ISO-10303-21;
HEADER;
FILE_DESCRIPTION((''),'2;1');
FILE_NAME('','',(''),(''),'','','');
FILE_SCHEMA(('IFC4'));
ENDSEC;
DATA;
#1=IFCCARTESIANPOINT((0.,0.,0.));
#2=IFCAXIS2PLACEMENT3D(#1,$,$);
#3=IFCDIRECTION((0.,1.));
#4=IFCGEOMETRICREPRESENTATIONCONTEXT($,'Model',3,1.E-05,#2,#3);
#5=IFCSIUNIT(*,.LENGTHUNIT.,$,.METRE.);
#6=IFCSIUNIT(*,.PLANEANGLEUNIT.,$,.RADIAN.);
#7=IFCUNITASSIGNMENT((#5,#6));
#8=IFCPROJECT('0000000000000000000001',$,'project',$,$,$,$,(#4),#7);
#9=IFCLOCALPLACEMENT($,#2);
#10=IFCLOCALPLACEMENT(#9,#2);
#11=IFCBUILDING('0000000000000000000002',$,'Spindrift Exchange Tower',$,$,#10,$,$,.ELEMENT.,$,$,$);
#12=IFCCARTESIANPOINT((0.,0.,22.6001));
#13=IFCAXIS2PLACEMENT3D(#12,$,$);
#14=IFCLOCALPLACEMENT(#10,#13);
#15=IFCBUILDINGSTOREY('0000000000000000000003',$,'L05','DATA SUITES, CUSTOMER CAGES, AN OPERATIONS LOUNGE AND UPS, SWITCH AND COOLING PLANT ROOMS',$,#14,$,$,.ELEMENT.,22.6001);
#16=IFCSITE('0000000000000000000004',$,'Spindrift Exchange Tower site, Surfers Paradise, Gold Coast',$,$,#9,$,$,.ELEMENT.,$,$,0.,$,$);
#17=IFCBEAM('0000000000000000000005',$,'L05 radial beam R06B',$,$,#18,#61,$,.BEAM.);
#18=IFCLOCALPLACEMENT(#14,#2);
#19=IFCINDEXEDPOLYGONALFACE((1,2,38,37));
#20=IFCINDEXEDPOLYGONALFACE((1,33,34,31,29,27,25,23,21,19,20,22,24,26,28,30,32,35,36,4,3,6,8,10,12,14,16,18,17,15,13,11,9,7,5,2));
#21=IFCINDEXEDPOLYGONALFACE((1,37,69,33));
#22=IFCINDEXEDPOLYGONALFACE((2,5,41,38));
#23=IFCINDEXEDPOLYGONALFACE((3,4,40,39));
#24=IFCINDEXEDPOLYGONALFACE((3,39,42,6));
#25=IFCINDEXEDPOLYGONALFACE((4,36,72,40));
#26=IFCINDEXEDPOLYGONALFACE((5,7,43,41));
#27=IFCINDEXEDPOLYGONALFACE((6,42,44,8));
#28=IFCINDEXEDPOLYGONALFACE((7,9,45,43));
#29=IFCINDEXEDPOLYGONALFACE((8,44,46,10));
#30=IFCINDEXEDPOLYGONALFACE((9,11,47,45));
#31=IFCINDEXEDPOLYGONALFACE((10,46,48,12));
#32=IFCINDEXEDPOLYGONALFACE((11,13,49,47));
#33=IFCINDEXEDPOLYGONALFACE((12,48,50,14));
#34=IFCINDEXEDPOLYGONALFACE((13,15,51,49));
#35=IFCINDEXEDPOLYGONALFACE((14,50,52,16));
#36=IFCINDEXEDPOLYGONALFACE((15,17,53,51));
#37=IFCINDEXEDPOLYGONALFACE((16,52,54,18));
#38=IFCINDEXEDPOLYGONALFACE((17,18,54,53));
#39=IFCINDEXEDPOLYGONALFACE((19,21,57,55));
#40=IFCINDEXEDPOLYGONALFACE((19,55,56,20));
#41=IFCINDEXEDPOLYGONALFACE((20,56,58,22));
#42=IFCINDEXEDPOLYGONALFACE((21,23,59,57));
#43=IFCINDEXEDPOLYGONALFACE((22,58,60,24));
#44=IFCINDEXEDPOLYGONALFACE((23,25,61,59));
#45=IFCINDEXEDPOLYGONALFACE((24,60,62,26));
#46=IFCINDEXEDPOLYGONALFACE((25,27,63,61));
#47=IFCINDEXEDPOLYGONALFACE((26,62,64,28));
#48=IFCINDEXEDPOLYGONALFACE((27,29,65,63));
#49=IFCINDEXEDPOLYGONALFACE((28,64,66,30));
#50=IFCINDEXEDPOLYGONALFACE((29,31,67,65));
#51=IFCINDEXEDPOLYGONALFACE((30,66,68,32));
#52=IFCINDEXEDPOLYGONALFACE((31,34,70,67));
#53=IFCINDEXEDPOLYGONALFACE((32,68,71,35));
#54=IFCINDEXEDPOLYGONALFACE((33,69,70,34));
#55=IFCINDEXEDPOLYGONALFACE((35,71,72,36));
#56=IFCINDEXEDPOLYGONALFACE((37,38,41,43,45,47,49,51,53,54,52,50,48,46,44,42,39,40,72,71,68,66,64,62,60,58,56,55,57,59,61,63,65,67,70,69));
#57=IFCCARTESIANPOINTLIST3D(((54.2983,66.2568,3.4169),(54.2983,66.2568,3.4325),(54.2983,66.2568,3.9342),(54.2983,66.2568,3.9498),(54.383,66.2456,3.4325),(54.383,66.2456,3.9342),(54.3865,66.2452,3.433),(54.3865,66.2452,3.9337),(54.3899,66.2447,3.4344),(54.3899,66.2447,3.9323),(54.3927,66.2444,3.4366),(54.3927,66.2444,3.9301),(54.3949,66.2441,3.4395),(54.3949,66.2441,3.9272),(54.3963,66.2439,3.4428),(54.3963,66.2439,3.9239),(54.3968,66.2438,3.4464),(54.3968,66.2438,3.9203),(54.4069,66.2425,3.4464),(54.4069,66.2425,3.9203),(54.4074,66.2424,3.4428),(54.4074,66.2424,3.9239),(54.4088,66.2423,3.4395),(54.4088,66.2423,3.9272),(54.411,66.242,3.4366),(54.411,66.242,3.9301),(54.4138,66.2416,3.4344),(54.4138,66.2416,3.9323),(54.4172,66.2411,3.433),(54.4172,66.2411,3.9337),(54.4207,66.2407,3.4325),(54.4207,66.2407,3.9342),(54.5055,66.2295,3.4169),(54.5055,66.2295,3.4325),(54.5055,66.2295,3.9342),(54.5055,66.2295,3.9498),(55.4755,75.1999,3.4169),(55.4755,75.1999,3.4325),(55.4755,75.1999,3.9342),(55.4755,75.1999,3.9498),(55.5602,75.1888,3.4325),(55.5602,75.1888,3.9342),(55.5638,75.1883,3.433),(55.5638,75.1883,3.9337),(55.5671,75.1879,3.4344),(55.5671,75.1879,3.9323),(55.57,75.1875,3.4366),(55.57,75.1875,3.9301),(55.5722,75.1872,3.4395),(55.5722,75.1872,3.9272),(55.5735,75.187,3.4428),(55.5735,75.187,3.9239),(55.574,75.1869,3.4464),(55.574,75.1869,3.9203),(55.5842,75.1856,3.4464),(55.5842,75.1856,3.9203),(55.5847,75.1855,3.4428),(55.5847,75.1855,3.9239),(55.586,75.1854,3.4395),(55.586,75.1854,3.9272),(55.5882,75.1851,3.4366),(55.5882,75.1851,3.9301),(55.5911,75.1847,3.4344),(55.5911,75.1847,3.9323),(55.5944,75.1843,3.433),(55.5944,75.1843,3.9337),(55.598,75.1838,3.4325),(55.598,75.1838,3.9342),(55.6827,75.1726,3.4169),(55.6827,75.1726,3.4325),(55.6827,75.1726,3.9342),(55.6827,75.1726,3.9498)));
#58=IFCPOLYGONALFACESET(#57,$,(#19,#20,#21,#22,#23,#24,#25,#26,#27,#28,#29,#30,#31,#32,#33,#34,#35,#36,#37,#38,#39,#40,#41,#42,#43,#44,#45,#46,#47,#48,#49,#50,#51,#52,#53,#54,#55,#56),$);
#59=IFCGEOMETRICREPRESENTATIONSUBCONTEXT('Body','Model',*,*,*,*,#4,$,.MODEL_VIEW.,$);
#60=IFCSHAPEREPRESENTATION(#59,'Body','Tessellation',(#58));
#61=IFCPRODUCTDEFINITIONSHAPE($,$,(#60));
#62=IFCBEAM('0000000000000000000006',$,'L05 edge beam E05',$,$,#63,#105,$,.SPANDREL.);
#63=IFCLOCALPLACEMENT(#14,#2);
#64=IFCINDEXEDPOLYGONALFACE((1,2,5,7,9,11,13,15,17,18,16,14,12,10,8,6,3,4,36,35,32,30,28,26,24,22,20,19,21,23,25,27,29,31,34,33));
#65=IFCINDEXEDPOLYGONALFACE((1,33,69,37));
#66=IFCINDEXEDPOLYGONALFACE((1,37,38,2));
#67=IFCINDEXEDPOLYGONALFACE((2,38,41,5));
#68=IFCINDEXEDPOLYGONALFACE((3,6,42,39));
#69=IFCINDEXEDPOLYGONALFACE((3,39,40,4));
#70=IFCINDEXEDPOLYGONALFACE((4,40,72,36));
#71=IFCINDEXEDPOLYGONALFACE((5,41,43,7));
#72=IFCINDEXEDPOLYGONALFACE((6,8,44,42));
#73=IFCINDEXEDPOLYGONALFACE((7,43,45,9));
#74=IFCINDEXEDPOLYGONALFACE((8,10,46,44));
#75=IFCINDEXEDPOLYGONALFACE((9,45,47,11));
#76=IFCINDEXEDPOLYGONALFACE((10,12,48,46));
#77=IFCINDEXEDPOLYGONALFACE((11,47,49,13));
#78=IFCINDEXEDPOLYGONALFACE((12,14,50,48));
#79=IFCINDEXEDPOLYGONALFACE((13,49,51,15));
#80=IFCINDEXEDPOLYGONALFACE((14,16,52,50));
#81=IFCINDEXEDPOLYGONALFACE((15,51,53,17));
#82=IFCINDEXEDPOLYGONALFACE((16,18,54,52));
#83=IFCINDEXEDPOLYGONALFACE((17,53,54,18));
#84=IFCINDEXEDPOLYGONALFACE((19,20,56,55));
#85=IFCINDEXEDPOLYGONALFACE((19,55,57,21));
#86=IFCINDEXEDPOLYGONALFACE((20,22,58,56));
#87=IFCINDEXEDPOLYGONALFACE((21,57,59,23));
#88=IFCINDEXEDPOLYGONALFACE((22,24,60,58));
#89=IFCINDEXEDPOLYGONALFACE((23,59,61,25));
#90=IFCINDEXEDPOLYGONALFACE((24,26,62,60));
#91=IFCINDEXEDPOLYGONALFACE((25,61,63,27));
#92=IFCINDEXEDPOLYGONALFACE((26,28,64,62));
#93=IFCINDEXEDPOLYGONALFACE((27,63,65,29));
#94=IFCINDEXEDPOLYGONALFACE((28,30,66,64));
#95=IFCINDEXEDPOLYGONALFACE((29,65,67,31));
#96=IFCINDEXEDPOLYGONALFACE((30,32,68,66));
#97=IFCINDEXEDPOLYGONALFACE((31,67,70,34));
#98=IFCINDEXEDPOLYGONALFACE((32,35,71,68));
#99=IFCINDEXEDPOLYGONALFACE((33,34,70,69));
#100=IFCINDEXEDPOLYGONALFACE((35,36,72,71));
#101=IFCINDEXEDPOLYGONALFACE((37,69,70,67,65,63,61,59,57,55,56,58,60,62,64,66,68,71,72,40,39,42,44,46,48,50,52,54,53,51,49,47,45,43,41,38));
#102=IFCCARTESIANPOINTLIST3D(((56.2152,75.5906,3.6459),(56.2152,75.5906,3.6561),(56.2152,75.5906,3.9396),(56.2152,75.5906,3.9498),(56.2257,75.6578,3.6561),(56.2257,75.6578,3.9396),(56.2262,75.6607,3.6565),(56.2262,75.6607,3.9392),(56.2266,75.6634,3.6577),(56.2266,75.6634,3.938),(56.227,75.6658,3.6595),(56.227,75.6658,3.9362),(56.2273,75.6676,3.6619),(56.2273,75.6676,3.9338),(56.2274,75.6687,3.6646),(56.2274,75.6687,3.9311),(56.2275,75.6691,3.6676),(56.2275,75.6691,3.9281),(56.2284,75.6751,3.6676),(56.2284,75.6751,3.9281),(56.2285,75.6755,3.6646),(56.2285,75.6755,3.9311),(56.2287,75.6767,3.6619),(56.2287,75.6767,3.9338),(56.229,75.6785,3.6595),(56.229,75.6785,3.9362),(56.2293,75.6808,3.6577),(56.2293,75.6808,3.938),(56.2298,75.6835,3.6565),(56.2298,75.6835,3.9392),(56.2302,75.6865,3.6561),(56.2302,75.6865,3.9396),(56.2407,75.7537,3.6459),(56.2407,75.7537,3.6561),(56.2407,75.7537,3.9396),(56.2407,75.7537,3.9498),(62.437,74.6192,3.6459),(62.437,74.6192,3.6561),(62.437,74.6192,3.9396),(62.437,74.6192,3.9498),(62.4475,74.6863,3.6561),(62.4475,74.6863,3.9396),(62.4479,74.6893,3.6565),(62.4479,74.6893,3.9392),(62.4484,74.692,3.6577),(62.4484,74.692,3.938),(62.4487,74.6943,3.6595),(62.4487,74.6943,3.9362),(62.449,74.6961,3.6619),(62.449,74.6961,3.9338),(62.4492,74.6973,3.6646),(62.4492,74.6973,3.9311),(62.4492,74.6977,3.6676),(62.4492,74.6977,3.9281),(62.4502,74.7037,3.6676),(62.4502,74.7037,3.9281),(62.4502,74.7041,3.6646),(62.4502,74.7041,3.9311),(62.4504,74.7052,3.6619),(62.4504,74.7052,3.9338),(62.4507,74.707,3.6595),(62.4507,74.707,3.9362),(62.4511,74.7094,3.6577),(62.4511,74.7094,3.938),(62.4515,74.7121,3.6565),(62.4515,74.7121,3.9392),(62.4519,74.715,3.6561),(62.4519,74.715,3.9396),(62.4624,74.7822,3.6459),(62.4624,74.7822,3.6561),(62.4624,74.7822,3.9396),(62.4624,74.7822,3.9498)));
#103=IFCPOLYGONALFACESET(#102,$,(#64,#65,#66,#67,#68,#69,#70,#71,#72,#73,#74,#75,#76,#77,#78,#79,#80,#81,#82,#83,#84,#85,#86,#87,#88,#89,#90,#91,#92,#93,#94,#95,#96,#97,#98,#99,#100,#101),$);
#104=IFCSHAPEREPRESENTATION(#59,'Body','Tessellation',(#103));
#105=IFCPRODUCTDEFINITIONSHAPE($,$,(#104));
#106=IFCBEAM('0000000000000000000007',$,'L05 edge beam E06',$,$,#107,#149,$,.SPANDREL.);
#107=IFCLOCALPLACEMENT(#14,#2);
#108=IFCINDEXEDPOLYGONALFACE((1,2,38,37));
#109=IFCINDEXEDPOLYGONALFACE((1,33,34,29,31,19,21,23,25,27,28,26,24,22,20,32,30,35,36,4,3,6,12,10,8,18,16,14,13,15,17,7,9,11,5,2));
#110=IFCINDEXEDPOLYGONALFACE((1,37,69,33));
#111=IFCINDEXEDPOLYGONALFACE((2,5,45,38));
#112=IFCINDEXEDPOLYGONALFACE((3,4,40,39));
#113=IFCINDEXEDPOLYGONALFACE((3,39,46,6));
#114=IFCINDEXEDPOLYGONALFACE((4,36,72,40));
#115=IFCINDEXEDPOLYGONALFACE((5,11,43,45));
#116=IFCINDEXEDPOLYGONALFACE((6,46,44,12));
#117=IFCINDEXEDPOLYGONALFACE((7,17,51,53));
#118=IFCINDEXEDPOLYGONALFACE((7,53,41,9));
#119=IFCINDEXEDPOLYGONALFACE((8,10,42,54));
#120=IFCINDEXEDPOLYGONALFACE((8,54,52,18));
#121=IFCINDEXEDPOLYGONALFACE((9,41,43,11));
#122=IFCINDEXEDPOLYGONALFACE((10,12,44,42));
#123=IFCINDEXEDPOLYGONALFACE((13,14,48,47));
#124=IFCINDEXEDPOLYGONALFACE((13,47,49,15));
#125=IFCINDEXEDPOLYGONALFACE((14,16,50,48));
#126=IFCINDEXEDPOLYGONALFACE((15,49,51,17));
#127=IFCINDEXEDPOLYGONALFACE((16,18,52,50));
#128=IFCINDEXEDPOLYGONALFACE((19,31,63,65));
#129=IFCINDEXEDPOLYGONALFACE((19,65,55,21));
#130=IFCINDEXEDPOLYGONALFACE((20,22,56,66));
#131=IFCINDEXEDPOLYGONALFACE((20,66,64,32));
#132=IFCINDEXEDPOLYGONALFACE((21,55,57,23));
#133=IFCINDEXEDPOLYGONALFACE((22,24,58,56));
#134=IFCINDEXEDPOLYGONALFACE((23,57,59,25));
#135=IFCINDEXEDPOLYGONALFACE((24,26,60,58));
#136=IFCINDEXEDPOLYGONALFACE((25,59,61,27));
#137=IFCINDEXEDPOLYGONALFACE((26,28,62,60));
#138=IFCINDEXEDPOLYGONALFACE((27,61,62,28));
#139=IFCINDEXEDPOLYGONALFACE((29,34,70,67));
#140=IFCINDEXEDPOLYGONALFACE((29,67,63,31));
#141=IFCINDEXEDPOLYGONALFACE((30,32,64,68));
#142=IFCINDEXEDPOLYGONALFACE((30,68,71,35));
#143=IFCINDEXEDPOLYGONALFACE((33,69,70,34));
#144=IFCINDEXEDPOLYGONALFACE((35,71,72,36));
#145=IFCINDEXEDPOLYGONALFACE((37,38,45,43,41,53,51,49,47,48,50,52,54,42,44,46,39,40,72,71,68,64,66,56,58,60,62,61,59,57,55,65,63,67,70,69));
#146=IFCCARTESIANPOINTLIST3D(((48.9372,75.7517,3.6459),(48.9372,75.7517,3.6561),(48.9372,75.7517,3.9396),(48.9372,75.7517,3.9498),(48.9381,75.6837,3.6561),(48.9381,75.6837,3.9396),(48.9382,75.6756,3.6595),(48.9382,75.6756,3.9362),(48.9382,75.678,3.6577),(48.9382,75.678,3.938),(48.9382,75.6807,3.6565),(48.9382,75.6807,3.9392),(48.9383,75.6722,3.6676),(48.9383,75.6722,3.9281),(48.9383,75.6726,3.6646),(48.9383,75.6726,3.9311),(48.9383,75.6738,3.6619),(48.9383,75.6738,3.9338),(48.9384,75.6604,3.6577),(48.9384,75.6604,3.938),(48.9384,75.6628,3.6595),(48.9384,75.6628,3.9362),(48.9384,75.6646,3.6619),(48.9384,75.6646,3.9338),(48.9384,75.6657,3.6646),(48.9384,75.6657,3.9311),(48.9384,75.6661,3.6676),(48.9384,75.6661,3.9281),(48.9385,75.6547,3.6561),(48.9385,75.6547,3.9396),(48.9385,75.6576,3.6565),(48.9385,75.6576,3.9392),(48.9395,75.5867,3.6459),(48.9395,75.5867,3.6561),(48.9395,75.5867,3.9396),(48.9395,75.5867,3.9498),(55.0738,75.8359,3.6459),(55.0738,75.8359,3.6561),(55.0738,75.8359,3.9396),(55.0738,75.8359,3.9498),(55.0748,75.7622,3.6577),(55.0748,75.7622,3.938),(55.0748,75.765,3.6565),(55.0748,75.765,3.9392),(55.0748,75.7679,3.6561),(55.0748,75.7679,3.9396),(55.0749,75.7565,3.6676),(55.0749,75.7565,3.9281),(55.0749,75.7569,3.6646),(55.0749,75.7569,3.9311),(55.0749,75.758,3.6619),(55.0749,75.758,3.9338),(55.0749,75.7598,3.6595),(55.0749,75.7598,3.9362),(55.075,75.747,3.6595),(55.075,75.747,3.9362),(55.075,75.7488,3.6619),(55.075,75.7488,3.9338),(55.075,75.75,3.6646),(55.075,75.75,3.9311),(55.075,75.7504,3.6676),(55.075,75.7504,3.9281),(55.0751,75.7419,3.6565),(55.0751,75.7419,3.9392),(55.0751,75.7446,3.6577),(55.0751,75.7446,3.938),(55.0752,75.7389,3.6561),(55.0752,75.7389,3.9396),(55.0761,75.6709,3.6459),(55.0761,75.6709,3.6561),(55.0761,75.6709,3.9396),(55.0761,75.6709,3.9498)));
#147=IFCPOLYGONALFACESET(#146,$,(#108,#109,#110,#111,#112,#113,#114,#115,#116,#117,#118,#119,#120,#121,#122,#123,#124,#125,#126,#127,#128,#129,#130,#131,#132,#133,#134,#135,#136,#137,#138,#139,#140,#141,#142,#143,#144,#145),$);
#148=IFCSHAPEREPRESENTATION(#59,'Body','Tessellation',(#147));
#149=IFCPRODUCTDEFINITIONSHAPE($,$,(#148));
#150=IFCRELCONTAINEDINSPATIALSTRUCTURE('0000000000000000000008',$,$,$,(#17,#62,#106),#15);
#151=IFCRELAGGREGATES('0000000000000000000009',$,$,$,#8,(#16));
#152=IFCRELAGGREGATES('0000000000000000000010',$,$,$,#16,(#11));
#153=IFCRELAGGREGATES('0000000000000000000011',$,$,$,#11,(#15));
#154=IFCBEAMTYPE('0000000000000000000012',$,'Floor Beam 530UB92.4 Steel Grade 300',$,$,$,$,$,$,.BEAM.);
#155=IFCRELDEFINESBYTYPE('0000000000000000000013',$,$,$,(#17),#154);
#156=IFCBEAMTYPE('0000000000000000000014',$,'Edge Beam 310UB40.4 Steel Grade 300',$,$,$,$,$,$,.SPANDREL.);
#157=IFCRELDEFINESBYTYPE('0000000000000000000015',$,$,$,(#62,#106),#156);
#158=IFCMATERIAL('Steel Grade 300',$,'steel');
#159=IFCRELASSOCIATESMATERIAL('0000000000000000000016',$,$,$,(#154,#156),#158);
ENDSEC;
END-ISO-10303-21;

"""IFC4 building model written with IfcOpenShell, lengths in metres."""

from ifc_helpers import new_model, si_unit, direction, frame, origin, origin_2d, place, context, subcontext, project, spatial, i_section, extrude, source, transform, mapped, material, material_profile, profile_set, type_object, element, save


model = new_model("IFC4")

# Units and contexts
model_context = context("Model", 3, precision=1e-05, world=origin(), true_north=direction((0.0, 1.0)))
body_context = subcontext(model_context, "Body", "Model", "MODEL_VIEW")
ifc_project = project(units=[si_unit("LENGTHUNIT", "METRE"), si_unit("PLANEANGLEUNIT", "RADIAN")], contexts=[model_context])

# Site, building, storey
site_placement = place(None, origin())
site = spatial("IfcSite", under=ifc_project, at=site_placement, Name="Spindrift Exchange Tower site, Surfers Paradise, Gold Coast", CompositionType="ELEMENT", RefElevation=0.0)
building_placement = place(site_placement, origin())
building = spatial("IfcBuilding", under=site, at=building_placement, Name="Spindrift Exchange Tower", CompositionType="ELEMENT")
storey_placement = place(building_placement, frame((0.0, 0.0, 22.6001)))
storey = spatial("IfcBuildingStorey", under=building, at=storey_placement, Name="L05", Description="DATA SUITES, CUSTOMER CAGES, AN OPERATIONS LOUNGE AND UPS, SWITCH AND COOLING PLANT ROOMS", CompositionType="ELEMENT", Elevation=22.6001)

# Beams
ifc_material_1 = material(Name="Steel Grade 300", Category="steel")
ifc_material_profile_1 = material_profile(ifc_material_1, i_section(OverallWidth=0.209, OverallDepth=0.533, WebThickness=0.0103, FlangeThickness=0.0156, FilletRadius=0.0139, at=origin_2d()), Name="530UB92.4")
ifc_profile_set_1 = profile_set([ifc_material_profile_1], Name="Steel Grade 300")
beam_type_1 = type_object("IfcBeamType", Name="Floor Beam 530UB92.4 Steel Grade 300", PredefinedType="BEAM", material=ifc_profile_set_1)
shared_shape_1 = source(origin(), body_context, "Body", "SweptSolid", [
    extrude(i_section(OverallWidth=0.209, OverallDepth=0.533, WebThickness=0.0103, FlangeThickness=0.0156, FilletRadius=0.0139, at=origin_2d()), origin(), (0.0, 0.0, 1.0), 9.0203),
])
beam_1_placement = place(storey_placement, frame((54.4019, 66.2432, 3.6833), z_axis=(0.130511, 0.991447, 0.0), x_axis=(-0.991447, 0.130511, 0.0)))
element("IfcBeam", 1, at=beam_1_placement, inside=storey, type_object=beam_type_1, Name="L05 radial beam R06B", PredefinedType="BEAM", context=body_context, shape_type="MappedRepresentation", body=[
    mapped(shared_shape_1, transform((0.0, 0.0, 0.0), scale=1.0)),
])
ifc_material_profile_2 = material_profile(ifc_material_1, i_section(OverallWidth=0.165, OverallDepth=0.304, WebThickness=0.0061, FlangeThickness=0.0103, FilletRadius=0.0115, at=origin_2d()), Name="310UB40.4")
ifc_profile_set_2 = profile_set([ifc_material_profile_2], Name="Steel Grade 300")
beam_type_2 = type_object("IfcBeamType", Name="Edge Beam 310UB40.4 Steel Grade 300", PredefinedType="SPANDREL", material=ifc_profile_set_2)
shared_shape_2 = source(origin(), body_context, "Body", "SweptSolid", [
    extrude(i_section(OverallWidth=0.165, OverallDepth=0.304, WebThickness=0.0061, FlangeThickness=0.0103, FilletRadius=0.0115, at=origin_2d()), origin(), (0.0, 0.0, 1.0), 6.2971),
])
beam_2_placement = place(storey_placement, frame((62.4497, 74.7007, 3.7979), z_axis=(-0.988029, 0.154268, 0.0), x_axis=(-0.154268, -0.988029, 0.0)))
element("IfcBeam", 2, at=beam_2_placement, inside=storey, type_object=beam_type_2, Name="L05 edge beam E05", PredefinedType="SPANDREL", context=body_context, shape_type="MappedRepresentation", body=[
    mapped(shared_shape_2, transform((0.0, 0.0, 0.0), scale=1.0)),
])
shared_shape_3 = source(origin(), body_context, "Body", "SweptSolid", [
    extrude(i_section(OverallWidth=0.165, OverallDepth=0.304, WebThickness=0.0061, FlangeThickness=0.0103, FilletRadius=0.0115, at=origin_2d()), origin(), (0.0, 0.0, 1.0), 6.1372),
])
beam_3_placement = place(storey_placement, frame((55.075, 75.7534, 3.7979), z_axis=(-0.999906, -0.013724, 0.0), x_axis=(0.013724, -0.999906, 0.0)))
element("IfcBeam", 3, at=beam_3_placement, inside=storey, type_object=beam_type_2, Name="L05 edge beam E06", PredefinedType="SPANDREL", context=body_context, shape_type="MappedRepresentation", body=[
    mapped(shared_shape_3, transform((0.0, 0.0, 0.0), scale=1.0)),
])

save(model, "model.ifc")
